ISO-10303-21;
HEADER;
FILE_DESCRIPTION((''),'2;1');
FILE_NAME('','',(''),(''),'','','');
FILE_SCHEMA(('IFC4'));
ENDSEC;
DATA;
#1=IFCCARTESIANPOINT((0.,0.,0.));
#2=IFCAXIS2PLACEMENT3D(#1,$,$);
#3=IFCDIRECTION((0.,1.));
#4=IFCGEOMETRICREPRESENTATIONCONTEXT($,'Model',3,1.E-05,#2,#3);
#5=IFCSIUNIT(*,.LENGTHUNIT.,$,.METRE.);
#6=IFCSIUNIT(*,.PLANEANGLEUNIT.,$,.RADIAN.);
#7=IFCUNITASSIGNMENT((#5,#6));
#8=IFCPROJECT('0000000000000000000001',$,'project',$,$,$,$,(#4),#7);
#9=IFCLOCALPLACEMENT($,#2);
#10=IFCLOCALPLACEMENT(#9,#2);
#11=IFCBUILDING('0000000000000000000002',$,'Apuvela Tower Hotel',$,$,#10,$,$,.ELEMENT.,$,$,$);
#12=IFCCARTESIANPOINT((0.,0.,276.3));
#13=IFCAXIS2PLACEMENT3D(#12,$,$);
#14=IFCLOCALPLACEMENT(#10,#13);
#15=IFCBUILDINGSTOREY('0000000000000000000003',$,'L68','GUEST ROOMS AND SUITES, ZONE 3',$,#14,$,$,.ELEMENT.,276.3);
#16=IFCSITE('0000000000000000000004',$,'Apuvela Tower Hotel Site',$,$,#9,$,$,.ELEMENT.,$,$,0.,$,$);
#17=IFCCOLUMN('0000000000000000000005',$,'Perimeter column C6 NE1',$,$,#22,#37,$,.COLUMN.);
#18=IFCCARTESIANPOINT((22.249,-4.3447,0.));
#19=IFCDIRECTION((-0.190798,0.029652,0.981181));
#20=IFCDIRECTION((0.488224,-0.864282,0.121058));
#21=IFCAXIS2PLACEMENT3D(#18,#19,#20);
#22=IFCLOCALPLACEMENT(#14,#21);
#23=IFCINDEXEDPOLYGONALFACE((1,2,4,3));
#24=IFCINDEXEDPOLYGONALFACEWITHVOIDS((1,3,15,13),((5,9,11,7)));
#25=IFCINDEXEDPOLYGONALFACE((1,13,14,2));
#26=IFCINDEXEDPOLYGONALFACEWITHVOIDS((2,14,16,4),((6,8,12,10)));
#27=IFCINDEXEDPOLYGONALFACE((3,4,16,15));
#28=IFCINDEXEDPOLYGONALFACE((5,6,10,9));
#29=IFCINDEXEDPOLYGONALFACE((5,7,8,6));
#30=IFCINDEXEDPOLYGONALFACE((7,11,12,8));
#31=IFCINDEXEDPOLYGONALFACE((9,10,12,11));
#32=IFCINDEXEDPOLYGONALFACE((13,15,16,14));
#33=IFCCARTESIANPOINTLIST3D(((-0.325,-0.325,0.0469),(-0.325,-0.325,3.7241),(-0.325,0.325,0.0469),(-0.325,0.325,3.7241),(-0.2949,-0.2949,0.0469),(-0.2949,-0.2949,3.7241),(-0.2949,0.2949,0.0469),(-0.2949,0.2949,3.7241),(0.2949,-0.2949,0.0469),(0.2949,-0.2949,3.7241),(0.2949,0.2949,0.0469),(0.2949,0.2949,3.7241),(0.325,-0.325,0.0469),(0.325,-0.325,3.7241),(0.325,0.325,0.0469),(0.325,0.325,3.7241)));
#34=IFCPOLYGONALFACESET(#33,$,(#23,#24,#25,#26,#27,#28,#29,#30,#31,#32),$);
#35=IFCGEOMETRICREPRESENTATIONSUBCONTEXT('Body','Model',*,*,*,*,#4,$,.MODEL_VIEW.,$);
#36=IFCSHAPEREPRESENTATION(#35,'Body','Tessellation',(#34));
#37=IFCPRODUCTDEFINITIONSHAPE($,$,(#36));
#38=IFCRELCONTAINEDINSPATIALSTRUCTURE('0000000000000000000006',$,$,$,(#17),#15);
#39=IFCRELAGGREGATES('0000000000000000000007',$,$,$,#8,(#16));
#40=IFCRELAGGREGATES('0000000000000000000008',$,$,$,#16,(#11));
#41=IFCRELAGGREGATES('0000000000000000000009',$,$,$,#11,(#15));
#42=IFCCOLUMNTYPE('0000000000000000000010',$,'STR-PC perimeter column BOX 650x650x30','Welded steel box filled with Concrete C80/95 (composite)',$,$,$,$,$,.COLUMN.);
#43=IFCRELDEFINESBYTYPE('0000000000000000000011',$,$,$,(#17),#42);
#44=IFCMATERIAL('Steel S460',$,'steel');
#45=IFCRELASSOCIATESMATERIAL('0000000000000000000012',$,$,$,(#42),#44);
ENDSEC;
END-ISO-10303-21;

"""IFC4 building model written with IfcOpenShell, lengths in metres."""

from ifc_helpers import new_model, si_unit, direction, frame, origin, origin_2d, place, context, subcontext, project, spatial, rectangle, hollow_rectangle, extrude, boolean, halfspace, material, material_profile, profile_set, type_object, element, save


model = new_model("IFC4")

# Units and contexts
model_context = context("Model", 3, precision=1e-05, world=origin(), true_north=direction((0.0, 1.0)))
body_context = subcontext(model_context, "Body", "Model", "MODEL_VIEW")
ifc_project = project(units=[si_unit("LENGTHUNIT", "METRE"), si_unit("PLANEANGLEUNIT", "RADIAN")], contexts=[model_context])

# Site, building, storey
site_placement = place(None, origin())
site = spatial("IfcSite", under=ifc_project, at=site_placement, Name="Apuvela Tower Hotel Site", CompositionType="ELEMENT", RefElevation=0.0)
building_placement = place(site_placement, origin())
building = spatial("IfcBuilding", under=site, at=building_placement, Name="Apuvela Tower Hotel", CompositionType="ELEMENT")
storey_placement = place(building_placement, frame((0.0, 0.0, 276.3)))
storey = spatial("IfcBuildingStorey", under=building, at=storey_placement, Name="L68", Description="GUEST ROOMS AND SUITES, ZONE 3", CompositionType="ELEMENT", Elevation=276.3)

# Column
ifc_material_1 = material(Name="Steel S460", Category="steel")
ifc_material_profile_1 = material_profile(ifc_material_1, hollow_rectangle(XDim=0.6499, YDim=0.6499, WallThickness=0.03, at=origin_2d()), Name="BOX 650x650x30")
ifc_material_2 = material(Name="Concrete C80/95", Category="concrete")
ifc_material_profile_2 = material_profile(ifc_material_2, rectangle(XDim=0.5901, YDim=0.5901, at=origin_2d()), Name="Concrete C80/95 infill")
ifc_profile_set_1 = profile_set([ifc_material_profile_1, ifc_material_profile_2], Name="Steel S460")
column_type = type_object("IfcColumnType", Name="STR-PC perimeter column BOX 650x650x30", Description="Welded steel box filled with Concrete C80/95 (composite)", PredefinedType="COLUMN", material=ifc_profile_set_1)
column_placement = place(storey_placement, frame((22.249, -4.3447, 0.0), z_axis=(-0.190798, 0.029652, 0.981181), x_axis=(0.488224, -0.864282, 0.121058)))
element("IfcColumn", 1, at=column_placement, inside=storey, type_object=column_type, Name="Perimeter column C6 NE1", PredefinedType="COLUMN", context=body_context, shape_type="SweptSolid", body=[
    boolean("DIFFERENCE", boolean("DIFFERENCE", extrude(hollow_rectangle(XDim=0.6499, YDim=0.6499, WallThickness=0.03, at=origin_2d()), origin(), (0.0, 0.0, 1.0), 3.771), halfspace(frame((0.0, 0.0, 0.0469), z_axis=(0.0, 0.0, 1.0), x_axis=(1.0, 0.0, 0.0)), True)), halfspace(frame((0.0, 0.0, 3.7241), z_axis=(0.0, 0.0, 1.0), x_axis=(1.0, 0.0, 0.0)), False)),
])

save(model, "model.ifc")
